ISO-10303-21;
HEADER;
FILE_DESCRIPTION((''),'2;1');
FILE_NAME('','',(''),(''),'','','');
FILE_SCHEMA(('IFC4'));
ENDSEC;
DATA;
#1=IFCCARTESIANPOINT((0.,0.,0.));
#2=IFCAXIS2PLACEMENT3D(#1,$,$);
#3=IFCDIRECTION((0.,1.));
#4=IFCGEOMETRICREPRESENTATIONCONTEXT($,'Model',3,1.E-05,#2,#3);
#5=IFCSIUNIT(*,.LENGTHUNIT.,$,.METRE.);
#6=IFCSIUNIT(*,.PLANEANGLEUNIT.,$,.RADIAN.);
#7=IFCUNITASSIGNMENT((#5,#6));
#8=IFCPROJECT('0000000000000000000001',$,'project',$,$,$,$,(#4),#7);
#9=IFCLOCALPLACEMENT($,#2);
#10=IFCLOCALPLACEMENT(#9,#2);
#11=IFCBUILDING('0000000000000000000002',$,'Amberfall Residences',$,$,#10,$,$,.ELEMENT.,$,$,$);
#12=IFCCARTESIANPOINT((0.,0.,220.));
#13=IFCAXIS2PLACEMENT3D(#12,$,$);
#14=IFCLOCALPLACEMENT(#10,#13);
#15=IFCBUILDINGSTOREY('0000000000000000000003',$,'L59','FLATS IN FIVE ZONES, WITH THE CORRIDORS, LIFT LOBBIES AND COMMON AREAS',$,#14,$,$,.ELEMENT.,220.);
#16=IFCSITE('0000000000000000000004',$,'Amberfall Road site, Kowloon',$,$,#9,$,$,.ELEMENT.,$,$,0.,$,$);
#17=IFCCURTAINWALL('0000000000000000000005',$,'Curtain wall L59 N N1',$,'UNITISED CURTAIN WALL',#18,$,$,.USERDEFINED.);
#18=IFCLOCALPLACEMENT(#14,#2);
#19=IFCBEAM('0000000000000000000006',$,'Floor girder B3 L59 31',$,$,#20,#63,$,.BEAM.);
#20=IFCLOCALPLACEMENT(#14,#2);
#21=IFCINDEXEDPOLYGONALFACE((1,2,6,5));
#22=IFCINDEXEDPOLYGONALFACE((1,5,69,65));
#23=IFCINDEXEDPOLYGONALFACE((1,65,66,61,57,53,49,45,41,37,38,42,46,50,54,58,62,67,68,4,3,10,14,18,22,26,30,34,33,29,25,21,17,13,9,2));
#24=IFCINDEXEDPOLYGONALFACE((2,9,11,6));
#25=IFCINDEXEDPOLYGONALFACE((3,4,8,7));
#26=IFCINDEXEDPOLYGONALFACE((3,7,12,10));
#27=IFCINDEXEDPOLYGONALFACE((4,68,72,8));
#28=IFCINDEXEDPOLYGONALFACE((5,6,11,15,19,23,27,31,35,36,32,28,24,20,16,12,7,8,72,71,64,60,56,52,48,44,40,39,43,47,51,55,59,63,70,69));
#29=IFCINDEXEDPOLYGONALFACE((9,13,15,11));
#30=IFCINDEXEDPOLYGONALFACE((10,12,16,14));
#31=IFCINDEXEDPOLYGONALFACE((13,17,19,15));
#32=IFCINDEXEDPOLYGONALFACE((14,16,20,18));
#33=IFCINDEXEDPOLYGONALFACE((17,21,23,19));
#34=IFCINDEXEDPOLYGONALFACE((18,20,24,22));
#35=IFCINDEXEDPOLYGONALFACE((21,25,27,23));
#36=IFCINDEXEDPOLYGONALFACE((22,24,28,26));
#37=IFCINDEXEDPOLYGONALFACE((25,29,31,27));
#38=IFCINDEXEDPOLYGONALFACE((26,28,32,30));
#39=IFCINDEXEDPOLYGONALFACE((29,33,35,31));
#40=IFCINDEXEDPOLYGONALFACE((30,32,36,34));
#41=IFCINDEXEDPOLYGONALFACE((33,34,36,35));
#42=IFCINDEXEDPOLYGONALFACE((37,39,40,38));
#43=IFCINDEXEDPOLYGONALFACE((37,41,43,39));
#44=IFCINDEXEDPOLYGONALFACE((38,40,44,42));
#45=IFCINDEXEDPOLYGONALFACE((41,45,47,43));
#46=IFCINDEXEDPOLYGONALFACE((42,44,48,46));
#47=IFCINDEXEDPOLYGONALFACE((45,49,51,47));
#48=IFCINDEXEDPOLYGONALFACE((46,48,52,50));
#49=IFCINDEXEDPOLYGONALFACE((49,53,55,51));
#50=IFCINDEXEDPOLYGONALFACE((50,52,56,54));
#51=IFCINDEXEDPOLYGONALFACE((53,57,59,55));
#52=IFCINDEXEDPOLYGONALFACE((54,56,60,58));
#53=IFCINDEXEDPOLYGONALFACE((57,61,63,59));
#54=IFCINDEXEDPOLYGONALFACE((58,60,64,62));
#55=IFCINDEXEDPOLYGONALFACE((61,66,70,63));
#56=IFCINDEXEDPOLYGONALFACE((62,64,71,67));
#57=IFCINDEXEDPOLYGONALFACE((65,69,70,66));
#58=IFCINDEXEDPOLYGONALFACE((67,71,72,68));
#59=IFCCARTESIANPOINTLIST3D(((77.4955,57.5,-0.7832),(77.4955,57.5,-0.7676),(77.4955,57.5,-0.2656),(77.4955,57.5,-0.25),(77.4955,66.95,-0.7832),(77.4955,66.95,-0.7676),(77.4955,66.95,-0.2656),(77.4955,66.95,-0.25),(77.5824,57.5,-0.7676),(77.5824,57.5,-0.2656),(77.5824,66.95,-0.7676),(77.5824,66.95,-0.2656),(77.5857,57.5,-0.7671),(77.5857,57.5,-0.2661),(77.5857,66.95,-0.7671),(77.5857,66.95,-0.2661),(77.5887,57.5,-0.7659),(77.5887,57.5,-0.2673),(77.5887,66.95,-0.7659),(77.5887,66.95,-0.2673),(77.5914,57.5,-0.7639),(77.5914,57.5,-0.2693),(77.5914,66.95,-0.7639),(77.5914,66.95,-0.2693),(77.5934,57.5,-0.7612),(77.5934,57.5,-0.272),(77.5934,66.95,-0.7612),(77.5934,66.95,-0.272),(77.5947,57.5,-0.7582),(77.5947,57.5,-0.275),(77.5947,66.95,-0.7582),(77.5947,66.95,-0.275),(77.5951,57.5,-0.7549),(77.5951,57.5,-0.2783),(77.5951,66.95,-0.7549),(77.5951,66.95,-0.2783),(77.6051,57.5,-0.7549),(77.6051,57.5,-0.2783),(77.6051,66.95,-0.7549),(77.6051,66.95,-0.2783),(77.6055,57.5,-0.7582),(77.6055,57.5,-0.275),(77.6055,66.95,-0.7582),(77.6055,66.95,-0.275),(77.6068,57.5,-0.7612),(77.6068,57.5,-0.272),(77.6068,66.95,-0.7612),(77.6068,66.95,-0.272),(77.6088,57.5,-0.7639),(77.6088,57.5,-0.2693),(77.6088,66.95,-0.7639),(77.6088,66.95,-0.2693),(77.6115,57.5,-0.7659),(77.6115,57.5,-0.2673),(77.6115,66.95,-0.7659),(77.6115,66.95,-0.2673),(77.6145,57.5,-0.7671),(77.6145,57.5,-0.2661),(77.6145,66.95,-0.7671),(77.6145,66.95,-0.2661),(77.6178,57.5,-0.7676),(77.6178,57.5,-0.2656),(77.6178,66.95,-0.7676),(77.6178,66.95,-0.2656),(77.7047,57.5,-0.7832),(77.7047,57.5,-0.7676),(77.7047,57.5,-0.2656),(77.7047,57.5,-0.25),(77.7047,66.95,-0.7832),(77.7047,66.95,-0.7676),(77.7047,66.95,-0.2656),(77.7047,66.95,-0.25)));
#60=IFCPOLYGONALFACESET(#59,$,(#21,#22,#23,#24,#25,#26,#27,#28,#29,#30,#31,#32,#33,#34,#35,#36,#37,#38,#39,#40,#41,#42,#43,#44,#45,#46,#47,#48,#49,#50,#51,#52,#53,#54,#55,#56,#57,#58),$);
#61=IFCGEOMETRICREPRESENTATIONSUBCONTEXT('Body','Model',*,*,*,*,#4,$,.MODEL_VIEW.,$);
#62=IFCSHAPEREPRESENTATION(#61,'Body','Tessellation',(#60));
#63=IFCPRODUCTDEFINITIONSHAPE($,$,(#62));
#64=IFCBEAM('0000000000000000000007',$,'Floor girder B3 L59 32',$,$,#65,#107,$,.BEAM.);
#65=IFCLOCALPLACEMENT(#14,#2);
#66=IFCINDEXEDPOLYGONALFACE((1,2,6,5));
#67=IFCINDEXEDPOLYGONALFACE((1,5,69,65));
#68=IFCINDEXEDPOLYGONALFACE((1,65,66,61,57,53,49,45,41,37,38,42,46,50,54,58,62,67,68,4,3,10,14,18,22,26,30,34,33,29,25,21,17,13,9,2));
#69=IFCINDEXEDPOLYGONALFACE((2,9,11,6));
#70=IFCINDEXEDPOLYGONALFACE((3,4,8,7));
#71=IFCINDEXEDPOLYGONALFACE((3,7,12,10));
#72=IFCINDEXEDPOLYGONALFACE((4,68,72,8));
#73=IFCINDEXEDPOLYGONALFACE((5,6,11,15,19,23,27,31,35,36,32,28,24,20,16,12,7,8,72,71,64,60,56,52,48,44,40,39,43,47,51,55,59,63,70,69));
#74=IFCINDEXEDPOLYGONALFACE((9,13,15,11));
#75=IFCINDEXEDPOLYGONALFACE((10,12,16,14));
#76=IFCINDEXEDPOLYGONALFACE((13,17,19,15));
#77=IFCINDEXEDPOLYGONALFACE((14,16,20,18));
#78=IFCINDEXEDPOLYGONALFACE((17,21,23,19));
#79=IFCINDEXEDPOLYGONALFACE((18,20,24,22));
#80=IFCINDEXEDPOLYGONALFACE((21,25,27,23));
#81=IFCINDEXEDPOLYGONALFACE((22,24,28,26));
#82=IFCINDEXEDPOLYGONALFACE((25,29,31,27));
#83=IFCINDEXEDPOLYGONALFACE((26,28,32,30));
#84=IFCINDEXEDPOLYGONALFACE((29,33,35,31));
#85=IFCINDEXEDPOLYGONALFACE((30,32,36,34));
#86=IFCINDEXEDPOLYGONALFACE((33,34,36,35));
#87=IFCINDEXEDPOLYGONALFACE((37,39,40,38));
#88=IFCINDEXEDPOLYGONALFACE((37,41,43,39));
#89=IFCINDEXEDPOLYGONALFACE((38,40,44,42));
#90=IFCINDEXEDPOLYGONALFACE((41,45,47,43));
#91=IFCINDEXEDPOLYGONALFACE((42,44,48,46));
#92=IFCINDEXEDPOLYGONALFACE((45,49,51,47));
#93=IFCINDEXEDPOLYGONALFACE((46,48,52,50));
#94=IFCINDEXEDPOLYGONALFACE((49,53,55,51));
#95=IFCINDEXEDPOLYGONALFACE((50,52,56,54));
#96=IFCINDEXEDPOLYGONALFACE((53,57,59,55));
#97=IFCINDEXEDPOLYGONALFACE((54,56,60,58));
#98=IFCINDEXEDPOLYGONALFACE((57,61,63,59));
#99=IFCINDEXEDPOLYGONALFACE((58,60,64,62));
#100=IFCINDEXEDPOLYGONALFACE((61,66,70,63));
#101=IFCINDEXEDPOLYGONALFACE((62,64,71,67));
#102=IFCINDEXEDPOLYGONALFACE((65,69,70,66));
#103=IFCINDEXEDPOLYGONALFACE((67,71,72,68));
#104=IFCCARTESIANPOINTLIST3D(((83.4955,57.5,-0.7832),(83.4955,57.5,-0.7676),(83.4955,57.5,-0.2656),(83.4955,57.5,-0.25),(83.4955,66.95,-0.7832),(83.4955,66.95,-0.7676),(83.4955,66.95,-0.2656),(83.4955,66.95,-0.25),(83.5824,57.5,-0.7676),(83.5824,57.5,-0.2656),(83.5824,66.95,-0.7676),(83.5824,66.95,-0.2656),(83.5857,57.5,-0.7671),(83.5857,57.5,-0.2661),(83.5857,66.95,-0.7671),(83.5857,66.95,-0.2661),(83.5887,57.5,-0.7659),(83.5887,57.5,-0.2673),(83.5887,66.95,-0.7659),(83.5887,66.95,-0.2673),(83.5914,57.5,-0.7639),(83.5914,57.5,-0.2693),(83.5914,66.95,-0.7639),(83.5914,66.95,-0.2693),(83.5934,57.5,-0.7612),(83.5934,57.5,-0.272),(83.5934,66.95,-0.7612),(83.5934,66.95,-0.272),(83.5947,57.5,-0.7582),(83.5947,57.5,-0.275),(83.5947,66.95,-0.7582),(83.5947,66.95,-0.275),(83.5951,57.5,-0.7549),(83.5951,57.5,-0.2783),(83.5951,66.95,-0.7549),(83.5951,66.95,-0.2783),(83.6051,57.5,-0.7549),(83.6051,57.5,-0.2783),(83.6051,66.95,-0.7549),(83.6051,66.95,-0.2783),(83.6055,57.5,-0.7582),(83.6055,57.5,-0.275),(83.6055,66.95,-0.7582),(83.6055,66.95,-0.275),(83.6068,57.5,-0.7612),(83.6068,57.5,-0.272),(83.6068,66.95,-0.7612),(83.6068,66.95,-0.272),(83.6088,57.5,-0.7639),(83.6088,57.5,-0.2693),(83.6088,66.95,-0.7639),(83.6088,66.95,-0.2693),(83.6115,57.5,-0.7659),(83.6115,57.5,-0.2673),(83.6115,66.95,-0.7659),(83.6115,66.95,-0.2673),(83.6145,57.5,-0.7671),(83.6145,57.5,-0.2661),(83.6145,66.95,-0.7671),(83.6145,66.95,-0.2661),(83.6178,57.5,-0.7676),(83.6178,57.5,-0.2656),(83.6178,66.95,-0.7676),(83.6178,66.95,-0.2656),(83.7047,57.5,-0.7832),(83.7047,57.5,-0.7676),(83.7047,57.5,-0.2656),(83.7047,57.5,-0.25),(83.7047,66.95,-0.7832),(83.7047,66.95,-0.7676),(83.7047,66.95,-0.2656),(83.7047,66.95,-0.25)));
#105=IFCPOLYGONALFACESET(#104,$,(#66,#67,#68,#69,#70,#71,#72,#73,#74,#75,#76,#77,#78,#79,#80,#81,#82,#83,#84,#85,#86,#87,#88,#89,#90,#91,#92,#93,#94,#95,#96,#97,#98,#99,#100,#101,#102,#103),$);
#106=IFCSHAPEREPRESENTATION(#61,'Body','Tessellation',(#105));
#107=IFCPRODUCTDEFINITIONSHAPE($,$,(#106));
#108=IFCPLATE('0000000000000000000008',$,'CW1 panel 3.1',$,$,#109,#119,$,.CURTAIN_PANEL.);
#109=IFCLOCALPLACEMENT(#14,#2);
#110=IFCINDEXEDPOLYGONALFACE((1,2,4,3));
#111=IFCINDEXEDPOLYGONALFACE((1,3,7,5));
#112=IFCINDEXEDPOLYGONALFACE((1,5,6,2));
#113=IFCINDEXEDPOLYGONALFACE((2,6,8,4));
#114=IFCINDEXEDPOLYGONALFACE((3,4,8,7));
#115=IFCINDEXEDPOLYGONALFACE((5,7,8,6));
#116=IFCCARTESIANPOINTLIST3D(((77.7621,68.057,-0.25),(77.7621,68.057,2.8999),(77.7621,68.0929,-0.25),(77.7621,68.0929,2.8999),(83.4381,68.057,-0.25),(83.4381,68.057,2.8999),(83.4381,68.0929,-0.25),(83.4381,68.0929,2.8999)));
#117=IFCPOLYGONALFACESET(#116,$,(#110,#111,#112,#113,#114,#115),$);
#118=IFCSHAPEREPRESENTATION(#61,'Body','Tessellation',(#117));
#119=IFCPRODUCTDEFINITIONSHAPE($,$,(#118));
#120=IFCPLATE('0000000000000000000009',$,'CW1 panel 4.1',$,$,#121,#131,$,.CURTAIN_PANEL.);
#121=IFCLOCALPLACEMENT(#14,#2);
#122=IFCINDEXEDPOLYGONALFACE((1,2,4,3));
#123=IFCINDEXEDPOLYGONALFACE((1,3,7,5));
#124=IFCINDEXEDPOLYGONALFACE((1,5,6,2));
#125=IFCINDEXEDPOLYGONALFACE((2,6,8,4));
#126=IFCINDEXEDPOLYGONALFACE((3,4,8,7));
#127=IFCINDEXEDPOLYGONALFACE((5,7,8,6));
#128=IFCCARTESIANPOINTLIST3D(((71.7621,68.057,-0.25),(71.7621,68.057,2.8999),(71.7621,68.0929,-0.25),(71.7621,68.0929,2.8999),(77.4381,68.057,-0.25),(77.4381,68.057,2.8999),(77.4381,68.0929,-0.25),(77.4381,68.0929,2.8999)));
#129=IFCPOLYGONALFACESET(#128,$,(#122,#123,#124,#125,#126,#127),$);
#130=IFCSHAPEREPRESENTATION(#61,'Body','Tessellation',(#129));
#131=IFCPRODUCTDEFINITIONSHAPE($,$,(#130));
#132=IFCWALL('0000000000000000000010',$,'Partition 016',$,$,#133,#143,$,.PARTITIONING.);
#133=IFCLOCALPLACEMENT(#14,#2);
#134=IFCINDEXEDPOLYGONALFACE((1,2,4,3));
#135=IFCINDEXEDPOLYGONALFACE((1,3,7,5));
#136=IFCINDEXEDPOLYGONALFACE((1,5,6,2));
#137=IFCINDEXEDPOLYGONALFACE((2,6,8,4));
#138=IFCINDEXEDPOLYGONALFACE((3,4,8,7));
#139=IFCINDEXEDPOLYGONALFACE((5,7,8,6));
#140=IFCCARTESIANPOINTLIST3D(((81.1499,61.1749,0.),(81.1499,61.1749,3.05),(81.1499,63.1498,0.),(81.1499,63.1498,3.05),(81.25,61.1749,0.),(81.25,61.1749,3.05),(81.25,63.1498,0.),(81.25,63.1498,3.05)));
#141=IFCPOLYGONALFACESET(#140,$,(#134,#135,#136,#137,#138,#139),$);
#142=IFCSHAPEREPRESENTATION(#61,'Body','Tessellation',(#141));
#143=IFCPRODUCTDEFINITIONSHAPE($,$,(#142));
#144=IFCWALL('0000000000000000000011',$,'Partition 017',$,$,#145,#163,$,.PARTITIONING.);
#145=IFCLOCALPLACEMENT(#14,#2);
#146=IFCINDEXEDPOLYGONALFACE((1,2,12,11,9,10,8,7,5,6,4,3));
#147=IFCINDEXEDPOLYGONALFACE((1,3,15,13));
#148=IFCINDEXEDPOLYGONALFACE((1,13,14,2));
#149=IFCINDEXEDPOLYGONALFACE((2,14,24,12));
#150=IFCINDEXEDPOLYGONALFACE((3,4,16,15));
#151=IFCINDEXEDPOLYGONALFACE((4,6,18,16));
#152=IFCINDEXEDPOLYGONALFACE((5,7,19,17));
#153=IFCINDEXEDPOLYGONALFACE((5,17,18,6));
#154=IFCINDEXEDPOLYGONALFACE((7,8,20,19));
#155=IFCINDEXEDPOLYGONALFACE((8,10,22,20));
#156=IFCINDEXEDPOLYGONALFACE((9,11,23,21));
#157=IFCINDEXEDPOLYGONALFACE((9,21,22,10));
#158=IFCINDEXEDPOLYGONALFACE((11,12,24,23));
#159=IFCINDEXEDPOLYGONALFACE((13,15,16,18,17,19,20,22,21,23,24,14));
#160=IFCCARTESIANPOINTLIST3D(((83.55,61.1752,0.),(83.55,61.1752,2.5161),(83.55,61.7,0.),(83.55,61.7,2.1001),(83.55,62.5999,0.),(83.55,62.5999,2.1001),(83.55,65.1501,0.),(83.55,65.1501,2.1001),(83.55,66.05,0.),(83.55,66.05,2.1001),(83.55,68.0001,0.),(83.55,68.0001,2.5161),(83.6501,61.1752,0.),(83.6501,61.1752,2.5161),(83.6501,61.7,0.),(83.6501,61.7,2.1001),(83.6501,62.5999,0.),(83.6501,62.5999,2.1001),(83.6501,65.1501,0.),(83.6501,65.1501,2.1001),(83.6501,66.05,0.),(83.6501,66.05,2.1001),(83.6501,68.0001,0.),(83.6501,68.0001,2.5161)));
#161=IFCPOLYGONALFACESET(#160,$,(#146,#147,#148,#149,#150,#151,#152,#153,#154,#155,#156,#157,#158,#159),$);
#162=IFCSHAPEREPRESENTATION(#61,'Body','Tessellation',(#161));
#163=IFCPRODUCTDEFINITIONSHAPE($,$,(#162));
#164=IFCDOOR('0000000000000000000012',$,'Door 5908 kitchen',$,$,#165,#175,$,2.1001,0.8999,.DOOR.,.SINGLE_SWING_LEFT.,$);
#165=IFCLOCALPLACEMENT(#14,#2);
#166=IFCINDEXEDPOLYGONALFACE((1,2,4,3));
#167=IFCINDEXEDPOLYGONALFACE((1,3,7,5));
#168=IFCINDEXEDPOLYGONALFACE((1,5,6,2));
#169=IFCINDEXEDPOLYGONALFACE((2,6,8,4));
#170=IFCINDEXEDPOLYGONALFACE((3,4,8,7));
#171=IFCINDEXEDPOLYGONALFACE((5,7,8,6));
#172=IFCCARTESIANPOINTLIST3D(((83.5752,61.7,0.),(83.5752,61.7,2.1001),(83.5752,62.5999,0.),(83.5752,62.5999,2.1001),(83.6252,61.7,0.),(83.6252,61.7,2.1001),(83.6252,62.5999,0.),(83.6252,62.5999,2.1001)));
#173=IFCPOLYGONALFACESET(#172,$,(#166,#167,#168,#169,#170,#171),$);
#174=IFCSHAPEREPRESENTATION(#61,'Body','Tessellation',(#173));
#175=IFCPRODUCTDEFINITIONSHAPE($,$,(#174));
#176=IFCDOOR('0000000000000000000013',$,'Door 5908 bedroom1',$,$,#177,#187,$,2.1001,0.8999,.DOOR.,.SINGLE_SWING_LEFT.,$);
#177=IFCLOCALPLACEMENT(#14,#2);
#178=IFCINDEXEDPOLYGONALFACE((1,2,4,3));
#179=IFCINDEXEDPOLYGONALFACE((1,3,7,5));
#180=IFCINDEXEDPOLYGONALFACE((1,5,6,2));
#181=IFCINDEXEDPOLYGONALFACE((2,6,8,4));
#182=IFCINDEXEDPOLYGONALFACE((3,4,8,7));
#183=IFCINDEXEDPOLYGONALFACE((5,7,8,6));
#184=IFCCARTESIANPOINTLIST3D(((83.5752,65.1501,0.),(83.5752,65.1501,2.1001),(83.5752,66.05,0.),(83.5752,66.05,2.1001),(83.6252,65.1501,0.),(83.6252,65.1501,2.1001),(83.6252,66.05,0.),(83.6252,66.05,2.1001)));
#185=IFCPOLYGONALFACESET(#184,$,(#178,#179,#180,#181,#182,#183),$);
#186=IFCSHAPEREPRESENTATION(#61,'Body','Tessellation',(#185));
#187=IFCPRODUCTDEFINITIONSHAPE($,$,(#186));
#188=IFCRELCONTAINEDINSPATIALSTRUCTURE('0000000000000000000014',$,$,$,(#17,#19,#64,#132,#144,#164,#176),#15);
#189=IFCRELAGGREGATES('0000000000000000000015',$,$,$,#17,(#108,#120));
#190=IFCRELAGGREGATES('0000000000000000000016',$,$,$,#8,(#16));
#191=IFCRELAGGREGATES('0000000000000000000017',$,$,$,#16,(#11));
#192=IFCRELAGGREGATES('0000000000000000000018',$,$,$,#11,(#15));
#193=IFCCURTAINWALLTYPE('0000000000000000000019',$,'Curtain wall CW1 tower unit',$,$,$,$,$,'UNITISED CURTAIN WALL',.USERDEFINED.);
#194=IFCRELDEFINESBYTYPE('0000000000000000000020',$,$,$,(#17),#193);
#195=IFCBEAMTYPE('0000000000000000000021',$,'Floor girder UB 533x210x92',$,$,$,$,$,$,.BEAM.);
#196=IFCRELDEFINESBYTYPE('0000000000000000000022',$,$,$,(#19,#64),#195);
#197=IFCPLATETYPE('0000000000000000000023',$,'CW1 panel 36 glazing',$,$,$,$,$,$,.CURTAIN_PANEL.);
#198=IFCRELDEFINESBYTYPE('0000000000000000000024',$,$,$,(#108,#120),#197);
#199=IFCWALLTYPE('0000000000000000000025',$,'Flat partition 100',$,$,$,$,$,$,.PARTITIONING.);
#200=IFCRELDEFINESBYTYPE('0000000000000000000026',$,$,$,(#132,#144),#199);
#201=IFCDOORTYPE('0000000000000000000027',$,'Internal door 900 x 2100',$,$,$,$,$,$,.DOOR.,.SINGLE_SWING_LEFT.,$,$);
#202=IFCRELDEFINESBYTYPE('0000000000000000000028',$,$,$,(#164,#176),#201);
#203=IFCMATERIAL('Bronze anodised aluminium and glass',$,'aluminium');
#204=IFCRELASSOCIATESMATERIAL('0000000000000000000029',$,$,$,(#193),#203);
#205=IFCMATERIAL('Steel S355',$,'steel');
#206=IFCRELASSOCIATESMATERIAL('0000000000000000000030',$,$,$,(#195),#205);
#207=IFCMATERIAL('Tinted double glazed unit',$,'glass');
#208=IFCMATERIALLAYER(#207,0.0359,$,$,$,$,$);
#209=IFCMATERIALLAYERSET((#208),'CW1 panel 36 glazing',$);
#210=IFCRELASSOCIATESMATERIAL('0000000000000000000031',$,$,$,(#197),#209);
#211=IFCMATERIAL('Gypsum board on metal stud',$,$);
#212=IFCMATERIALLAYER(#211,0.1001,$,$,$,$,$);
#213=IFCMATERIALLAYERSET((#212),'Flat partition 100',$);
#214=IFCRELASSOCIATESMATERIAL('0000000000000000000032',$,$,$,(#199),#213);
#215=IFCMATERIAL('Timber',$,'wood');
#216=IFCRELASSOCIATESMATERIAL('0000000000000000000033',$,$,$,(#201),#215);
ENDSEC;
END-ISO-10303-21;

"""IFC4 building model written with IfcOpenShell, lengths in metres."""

from ifc_helpers import new_model, si_unit, direction, frame, frame_2d, origin, origin_2d, place, context, subcontext, project, spatial, rectangle, i_section, extrude, material, layer, layer_set, material_profile, profile_set, type_object, element, fill, aggregate, save


model = new_model("IFC4")

# Units and contexts
model_context = context("Model", 3, precision=1e-05, world=origin(), true_north=direction((0.0, 1.0)))
body_context = subcontext(model_context, "Body", "Model", "MODEL_VIEW")
ifc_project = project(units=[si_unit("LENGTHUNIT", "METRE"), si_unit("PLANEANGLEUNIT", "RADIAN")], contexts=[model_context])

# Site, building, storey
site_placement = place(None, origin())
site = spatial("IfcSite", under=ifc_project, at=site_placement, Name="Amberfall Road site, Kowloon", CompositionType="ELEMENT", RefElevation=0.0)
building_placement = place(site_placement, origin())
building = spatial("IfcBuilding", under=site, at=building_placement, Name="Amberfall Residences", CompositionType="ELEMENT")
storey_placement = place(building_placement, frame((0.0, 0.0, 220.0)))
storey = spatial("IfcBuildingStorey", under=building, at=storey_placement, Name="L59", Description="FLATS IN FIVE ZONES, WITH THE CORRIDORS, LIFT LOBBIES AND COMMON AREAS", CompositionType="ELEMENT", Elevation=220.0)

# Curtain wall
ifc_material_1 = material(Name="Bronze anodised aluminium and glass", Category="aluminium")
curtain_wall_type = type_object("IfcCurtainWallType", Name="Curtain wall CW1 tower unit", ElementType="UNITISED CURTAIN WALL", PredefinedType="USERDEFINED", material=ifc_material_1)
curtain_wall_placement = place(storey_placement, origin())
curtain_wall = element("IfcCurtainWall", 1, at=curtain_wall_placement, inside=storey, type_object=curtain_wall_type, Name="Curtain wall L59 N N1", ObjectType="UNITISED CURTAIN WALL", PredefinedType="USERDEFINED")

# Shared definitions
ifc_material_2 = material(Name="Steel S355", Category="steel")

# Beams
ifc_material_profile_1 = material_profile(ifc_material_2, i_section(OverallWidth=0.2092, OverallDepth=0.5332, WebThickness=0.01, FlangeThickness=0.0156, FilletRadius=0.0127, at=origin_2d()), Name="UB 533x210x92")
ifc_profile_set_1 = profile_set([ifc_material_profile_1], Name="Steel S355")
beam_type_1 = type_object("IfcBeamType", Name="Floor girder UB 533x210x92", PredefinedType="BEAM", material=ifc_profile_set_1)
for number, where, z_axis, x_axis, name in (
    (2, (77.6001, 66.95, -0.5166), (0.0, -1.0, 0.0), (1.0, 0.0, 0.0), "Floor girder B3 L59 31"),
    (3, (83.6001, 66.95, -0.5166), (0.0, -1.0, 0.0), (1.0, 0.0, 0.0), "Floor girder B3 L59 32"),
):
    element("IfcBeam", number, at=place(storey_placement, frame(where, z_axis=z_axis, x_axis=x_axis)), inside=storey, type_object=beam_type_1, Name=name, PredefinedType="BEAM", context=body_context, shape_type="SweptSolid", body=[
        extrude(i_section(OverallWidth=0.2092, OverallDepth=0.5332, WebThickness=0.01, FlangeThickness=0.0156, FilletRadius=0.0127, at=origin_2d()), origin(), (0.0, 0.0, 1.0), 9.45),
    ])

# Plates
ifc_material_3 = material(Name="Tinted double glazed unit", Category="glass")
ifc_layer_1 = layer(ifc_material_3, 0.0359)
ifc_layer_set_1 = layer_set([ifc_layer_1], Name="CW1 panel 36 glazing")
plate_type = type_object("IfcPlateType", Name="CW1 panel 36 glazing", PredefinedType="CURTAIN_PANEL", material=ifc_layer_set_1)
plate_1_placement = place(storey_placement, frame((80.6001, 68.075, -0.25), z_axis=(0.0, 0.0, 1.0), x_axis=(-1.0, 0.0, 0.0)))
plate_1 = element("IfcPlate", 4, at=plate_1_placement, type_object=plate_type, Name="CW1 panel 3.1", PredefinedType="CURTAIN_PANEL", context=body_context, shape_type="SweptSolid", body=[
    extrude(rectangle(XDim=5.676, YDim=0.0359, at=origin_2d()), origin(), (0.0, 0.0, 1.0), 3.1499),
])
plate_2_placement = place(storey_placement, frame((74.6001, 68.075, -0.25), z_axis=(0.0, 0.0, 1.0), x_axis=(-1.0, 0.0, 0.0)))
plate_2 = element("IfcPlate", 5, at=plate_2_placement, type_object=plate_type, Name="CW1 panel 4.1", PredefinedType="CURTAIN_PANEL", context=body_context, shape_type="SweptSolid", body=[
    extrude(rectangle(XDim=5.676, YDim=0.0359, at=origin_2d()), origin(), (0.0, 0.0, 1.0), 3.1499),
])
aggregate(curtain_wall, [plate_1, plate_2])

# Wall
ifc_material_4 = material(Name="Gypsum board on metal stud")
ifc_layer_2 = layer(ifc_material_4, 0.1001)
ifc_layer_set_2 = layer_set([ifc_layer_2], Name="Flat partition 100")
wall_type_1 = type_object("IfcWallType", Name="Flat partition 100", PredefinedType="PARTITIONING", material=ifc_layer_set_2)
wall_1_placement = place(storey_placement, frame((81.2, 61.175, 0.0), z_axis=(0.0, 0.0, 1.0), x_axis=(0.0, 1.0, 0.0)))
element("IfcWall", 6, at=wall_1_placement, inside=storey, type_object=wall_type_1, Name="Partition 016", PredefinedType="PARTITIONING", context=body_context, shape_type="SweptSolid", body=[
    extrude(rectangle(XDim=1.9749, YDim=0.1001, at=frame_2d((0.9873, 0.0))), origin(), (0.0, 0.0, 1.0), 3.05),
])

# Wall, openings, doors
wall_2_placement = place(storey_placement, frame((83.6001, 61.175, 0.0), z_axis=(0.0, 0.0, 1.0), x_axis=(0.0, 1.0, 0.0)))
wall_2 = element("IfcWall", 7, at=wall_2_placement, inside=storey, type_object=wall_type_1, Name="Partition 017", PredefinedType="PARTITIONING", context=body_context, shape_type="SweptSolid", body=[
    extrude(rectangle(XDim=6.825, YDim=0.1001, at=frame_2d((3.4126, 0.0))), origin(), (0.0, 0.0, 1.0), 2.5161),
])
opening_1_placement = place(wall_2_placement, frame((0.5249, 0.0, 0.0)))
opening_1 = element("IfcOpeningElement", 8, at=opening_1_placement, cuts=wall_2, PredefinedType="OPENING", context=body_context, shape_type="SweptSolid", body=[
    extrude(rectangle(XDim=0.8999, YDim=2.1001, at=frame_2d((0.45, 1.05))), frame((0.0, 0.0601, 0.0), z_axis=(0.0, -1.0, 0.0), x_axis=(1.0, 0.0, 0.0)), (0.0, 0.0, 1.0), 0.1201),
])
opening_2_placement = place(wall_2_placement, frame((3.9751, 0.0, 0.0)))
opening_2 = element("IfcOpeningElement", 9, at=opening_2_placement, cuts=wall_2, PredefinedType="OPENING", context=body_context, shape_type="SweptSolid", body=[
    extrude(rectangle(XDim=0.8999, YDim=2.1001, at=frame_2d((0.45, 1.05))), frame((0.0, 0.0601, 0.0), z_axis=(0.0, -1.0, 0.0), x_axis=(1.0, 0.0, 0.0)), (0.0, 0.0, 1.0), 0.1201),
])
ifc_material_5 = material(Name="Timber", Category="wood")
door_type_1 = type_object("IfcDoorType", Name="Internal door 900 x 2100", OperationType="SINGLE_SWING_LEFT", PredefinedType="DOOR", material=ifc_material_5)
door_1_placement = place(opening_1_placement, origin())
door_1 = element("IfcDoor", 10, at=door_1_placement, inside=storey, type_object=door_type_1, Name="Door 5908 kitchen", OperationType="SINGLE_SWING_LEFT", OverallHeight=2.1001, OverallWidth=0.8999, PredefinedType="DOOR", context=body_context, shape_type="SweptSolid", body=[
    extrude(rectangle(XDim=0.8999, YDim=2.1001, at=frame_2d((0.45, 1.05))), frame((0.0, 0.0249, 0.0), z_axis=(0.0, -1.0, 0.0), x_axis=(1.0, 0.0, 0.0)), (0.0, 0.0, 1.0), 0.05),
])
fill(opening_1, door_1)
door_2_placement = place(opening_2_placement, origin())
door_2 = element("IfcDoor", 11, at=door_2_placement, inside=storey, type_object=door_type_1, Name="Door 5908 bedroom1", OperationType="SINGLE_SWING_LEFT", OverallHeight=2.1001, OverallWidth=0.8999, PredefinedType="DOOR", context=body_context, shape_type="SweptSolid", body=[
    extrude(rectangle(XDim=0.8999, YDim=2.1001, at=frame_2d((0.45, 1.05))), frame((0.0, 0.0249, 0.0), z_axis=(0.0, -1.0, 0.0), x_axis=(1.0, 0.0, 0.0)), (0.0, 0.0, 1.0), 0.05),
])
fill(opening_2, door_2)

save(model, "model.ifc")
